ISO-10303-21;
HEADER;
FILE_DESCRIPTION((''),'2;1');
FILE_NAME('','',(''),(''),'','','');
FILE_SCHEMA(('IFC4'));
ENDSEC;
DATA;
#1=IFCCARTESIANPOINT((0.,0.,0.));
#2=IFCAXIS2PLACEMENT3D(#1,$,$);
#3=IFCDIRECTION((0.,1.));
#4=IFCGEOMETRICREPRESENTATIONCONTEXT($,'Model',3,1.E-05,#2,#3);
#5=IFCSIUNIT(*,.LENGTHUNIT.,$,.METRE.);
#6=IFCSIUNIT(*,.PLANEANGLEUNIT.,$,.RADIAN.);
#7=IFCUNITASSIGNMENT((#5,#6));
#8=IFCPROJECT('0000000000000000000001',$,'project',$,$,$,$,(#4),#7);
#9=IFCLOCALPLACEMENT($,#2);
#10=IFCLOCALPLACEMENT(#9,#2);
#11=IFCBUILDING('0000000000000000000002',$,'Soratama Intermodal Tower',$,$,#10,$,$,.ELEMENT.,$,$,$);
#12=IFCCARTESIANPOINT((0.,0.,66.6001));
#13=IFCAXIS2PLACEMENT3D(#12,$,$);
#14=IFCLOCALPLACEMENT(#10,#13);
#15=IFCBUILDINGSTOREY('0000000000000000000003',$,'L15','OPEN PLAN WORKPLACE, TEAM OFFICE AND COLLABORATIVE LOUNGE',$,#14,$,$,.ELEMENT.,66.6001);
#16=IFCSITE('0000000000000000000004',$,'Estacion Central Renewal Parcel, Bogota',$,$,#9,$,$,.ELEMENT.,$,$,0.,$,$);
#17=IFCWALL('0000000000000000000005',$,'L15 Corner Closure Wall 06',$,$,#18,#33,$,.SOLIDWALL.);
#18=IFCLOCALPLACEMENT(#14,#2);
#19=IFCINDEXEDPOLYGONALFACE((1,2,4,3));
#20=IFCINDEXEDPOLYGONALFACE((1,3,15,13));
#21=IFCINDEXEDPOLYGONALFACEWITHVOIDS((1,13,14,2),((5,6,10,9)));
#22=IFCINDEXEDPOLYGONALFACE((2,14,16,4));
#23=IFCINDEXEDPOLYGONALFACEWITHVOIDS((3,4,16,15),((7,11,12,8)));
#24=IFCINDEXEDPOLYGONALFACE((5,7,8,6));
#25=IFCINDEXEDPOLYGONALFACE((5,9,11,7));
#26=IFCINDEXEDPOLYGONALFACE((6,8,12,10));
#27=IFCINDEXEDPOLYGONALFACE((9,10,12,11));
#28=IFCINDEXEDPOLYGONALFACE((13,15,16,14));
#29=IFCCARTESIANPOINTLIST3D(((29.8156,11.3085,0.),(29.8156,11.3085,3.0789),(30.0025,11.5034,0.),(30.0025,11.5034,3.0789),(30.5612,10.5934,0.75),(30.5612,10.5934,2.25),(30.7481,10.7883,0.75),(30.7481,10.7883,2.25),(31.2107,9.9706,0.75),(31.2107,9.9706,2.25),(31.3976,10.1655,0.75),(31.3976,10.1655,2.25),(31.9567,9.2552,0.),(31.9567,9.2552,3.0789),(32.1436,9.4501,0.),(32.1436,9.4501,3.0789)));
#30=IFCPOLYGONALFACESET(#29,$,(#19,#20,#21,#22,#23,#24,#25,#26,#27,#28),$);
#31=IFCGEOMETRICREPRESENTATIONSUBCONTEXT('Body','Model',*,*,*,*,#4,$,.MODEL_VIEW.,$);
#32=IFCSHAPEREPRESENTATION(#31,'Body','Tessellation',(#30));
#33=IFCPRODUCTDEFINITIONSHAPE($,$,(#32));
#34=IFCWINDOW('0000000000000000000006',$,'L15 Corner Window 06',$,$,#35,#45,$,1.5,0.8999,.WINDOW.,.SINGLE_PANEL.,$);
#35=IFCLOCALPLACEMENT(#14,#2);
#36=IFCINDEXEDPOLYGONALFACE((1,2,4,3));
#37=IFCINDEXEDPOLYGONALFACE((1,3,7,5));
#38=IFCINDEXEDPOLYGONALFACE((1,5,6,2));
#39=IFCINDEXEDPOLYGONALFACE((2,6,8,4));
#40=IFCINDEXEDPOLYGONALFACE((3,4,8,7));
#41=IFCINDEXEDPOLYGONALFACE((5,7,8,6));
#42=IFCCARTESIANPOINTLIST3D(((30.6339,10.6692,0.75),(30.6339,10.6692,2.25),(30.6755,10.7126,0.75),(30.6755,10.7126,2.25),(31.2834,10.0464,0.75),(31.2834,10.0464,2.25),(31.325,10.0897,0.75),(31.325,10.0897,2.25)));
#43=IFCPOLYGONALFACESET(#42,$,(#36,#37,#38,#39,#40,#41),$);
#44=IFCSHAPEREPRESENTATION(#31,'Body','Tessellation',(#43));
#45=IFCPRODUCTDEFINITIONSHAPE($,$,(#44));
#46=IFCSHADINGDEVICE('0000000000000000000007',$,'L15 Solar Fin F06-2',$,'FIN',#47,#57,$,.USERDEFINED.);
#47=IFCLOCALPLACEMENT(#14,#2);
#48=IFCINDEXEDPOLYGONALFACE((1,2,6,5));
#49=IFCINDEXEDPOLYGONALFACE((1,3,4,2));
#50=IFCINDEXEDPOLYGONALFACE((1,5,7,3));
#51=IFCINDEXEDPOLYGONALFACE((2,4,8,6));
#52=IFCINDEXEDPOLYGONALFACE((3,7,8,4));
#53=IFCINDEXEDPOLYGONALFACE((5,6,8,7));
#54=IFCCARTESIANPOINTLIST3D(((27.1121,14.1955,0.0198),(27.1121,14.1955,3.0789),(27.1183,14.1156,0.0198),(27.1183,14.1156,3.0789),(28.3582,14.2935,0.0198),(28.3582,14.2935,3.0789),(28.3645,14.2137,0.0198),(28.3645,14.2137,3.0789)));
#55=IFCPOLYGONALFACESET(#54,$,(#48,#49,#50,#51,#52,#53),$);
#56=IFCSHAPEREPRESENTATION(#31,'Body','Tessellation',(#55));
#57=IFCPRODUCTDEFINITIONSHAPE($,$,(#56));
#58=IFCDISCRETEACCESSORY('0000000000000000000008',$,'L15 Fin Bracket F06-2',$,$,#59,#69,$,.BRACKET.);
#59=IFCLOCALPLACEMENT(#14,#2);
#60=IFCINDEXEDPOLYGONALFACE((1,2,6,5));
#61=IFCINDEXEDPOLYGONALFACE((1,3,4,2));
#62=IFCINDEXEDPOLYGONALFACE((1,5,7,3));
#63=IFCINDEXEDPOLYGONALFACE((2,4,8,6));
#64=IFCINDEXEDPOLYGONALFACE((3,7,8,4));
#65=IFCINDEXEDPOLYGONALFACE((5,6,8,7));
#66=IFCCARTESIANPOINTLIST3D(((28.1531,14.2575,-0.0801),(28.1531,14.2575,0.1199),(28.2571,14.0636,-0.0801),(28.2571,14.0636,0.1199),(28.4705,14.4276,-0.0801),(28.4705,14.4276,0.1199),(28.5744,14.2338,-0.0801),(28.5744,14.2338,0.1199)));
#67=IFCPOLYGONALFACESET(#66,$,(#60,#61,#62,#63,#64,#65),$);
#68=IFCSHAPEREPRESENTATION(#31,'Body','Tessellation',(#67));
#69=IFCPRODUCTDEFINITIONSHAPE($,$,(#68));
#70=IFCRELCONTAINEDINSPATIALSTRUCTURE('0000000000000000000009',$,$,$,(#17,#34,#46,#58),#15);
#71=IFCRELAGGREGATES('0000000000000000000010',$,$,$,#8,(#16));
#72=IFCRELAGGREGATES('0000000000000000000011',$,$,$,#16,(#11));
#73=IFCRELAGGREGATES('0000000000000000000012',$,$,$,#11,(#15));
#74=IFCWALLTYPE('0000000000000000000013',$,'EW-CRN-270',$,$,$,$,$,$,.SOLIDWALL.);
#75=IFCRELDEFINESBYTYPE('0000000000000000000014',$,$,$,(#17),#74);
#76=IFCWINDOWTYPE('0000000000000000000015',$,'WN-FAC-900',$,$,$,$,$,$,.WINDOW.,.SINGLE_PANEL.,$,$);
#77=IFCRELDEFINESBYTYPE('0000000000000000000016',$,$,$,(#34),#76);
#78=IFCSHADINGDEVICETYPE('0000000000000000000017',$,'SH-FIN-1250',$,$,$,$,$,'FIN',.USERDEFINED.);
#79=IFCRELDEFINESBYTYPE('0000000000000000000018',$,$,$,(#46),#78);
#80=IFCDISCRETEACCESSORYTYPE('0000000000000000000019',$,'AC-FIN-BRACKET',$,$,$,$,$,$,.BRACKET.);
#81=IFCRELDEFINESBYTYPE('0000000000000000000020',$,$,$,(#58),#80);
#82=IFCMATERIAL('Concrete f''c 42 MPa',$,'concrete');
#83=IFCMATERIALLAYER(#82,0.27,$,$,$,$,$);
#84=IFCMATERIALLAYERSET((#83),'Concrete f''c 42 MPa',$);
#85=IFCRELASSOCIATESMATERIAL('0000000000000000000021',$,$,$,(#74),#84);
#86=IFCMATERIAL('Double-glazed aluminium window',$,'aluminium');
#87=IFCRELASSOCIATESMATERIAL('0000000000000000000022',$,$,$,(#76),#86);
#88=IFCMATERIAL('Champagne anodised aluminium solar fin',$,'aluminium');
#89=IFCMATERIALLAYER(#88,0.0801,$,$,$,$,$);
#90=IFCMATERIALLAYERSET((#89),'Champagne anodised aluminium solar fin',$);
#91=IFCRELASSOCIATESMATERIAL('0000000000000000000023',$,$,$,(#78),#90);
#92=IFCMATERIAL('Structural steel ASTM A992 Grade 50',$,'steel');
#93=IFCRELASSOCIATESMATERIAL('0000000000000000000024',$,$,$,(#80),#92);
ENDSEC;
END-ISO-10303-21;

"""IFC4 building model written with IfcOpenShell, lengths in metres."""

from ifc_helpers import new_model, si_unit, direction, frame, frame_2d, origin, origin_2d, place, context, subcontext, project, spatial, rectangle, extrude, material, layer, layer_set, type_object, element, fill, save


model = new_model("IFC4")

# Units and contexts
model_context = context("Model", 3, precision=1e-05, world=origin(), true_north=direction((0.0, 1.0)))
body_context = subcontext(model_context, "Body", "Model", "MODEL_VIEW")
ifc_project = project(units=[si_unit("LENGTHUNIT", "METRE"), si_unit("PLANEANGLEUNIT", "RADIAN")], contexts=[model_context])

# Site, building, storey
site_placement = place(None, origin())
site = spatial("IfcSite", under=ifc_project, at=site_placement, Name="Estacion Central Renewal Parcel, Bogota", CompositionType="ELEMENT", RefElevation=0.0)
building_placement = place(site_placement, origin())
building = spatial("IfcBuilding", under=site, at=building_placement, Name="Soratama Intermodal Tower", CompositionType="ELEMENT")
storey_placement = place(building_placement, frame((0.0, 0.0, 66.6001)))
storey = spatial("IfcBuildingStorey", under=building, at=storey_placement, Name="L15", Description="OPEN PLAN WORKPLACE, TEAM OFFICE AND COLLABORATIVE LOUNGE", CompositionType="ELEMENT", Elevation=66.6001)

# Wall, opening, window
ifc_material_1 = material(Name="Concrete f'c 42 MPa", Category="concrete")
ifc_layer_1 = layer(ifc_material_1, 0.27)
ifc_layer_set_1 = layer_set([ifc_layer_1], Name="Concrete f'c 42 MPa")
wall_type_1 = type_object("IfcWallType", Name="EW-CRN-270", PredefinedType="SOLIDWALL", material=ifc_layer_set_1)
wall_1_placement = place(storey_placement, frame((29.9089, 11.406, 0.0), z_axis=(0.0, 0.0, 1.0), x_axis=(0.721765, -0.692138, 0.0)))
wall_1 = element("IfcWall", 1, at=wall_1_placement, inside=storey, type_object=wall_type_1, Name="L15 Corner Closure Wall 06", PredefinedType="SOLIDWALL", context=body_context, shape_type="SweptSolid", body=[
    extrude(rectangle(XDim=2.9666, YDim=0.27, at=frame_2d((1.4834, 0.0))), origin(), (0.0, 0.0, 1.0), 3.0789),
])
opening_1_placement = place(wall_1_placement, frame((1.0332, 0.0, 0.75)))
opening_1 = element("IfcOpeningElement", 2, at=opening_1_placement, cuts=wall_1, PredefinedType="OPENING", context=body_context, shape_type="SweptSolid", body=[
    extrude(rectangle(XDim=0.8999, YDim=1.5, at=frame_2d((0.45, 0.75))), frame((0.0, 0.145, 0.0), z_axis=(0.0, -1.0, 0.0), x_axis=(1.0, 0.0, 0.0)), (0.0, 0.0, 1.0), 0.29),
])
ifc_material_2 = material(Name="Double-glazed aluminium window", Category="aluminium")
window_type = type_object("IfcWindowType", Name="WN-FAC-900", PartitioningType="SINGLE_PANEL", PredefinedType="WINDOW", material=ifc_material_2)
window_placement = place(opening_1_placement, origin())
window = element("IfcWindow", 3, at=window_placement, inside=storey, type_object=window_type, Name="L15 Corner Window 06", OverallHeight=1.5, OverallWidth=0.8999, PartitioningType="SINGLE_PANEL", PredefinedType="WINDOW", context=body_context, shape_type="SweptSolid", body=[
    extrude(rectangle(XDim=0.8999, YDim=1.5, at=frame_2d((0.45, 0.75))), frame((0.0, 0.03, 0.0), z_axis=(0.0, -1.0, 0.0), x_axis=(1.0, 0.0, 0.0)), (0.0, 0.0, 1.0), 0.0601),
])
fill(opening_1, window)

# Shading device
ifc_material_3 = material(Name="Champagne anodised aluminium solar fin", Category="aluminium")
ifc_layer_2 = layer(ifc_material_3, 0.0801)
ifc_layer_set_2 = layer_set([ifc_layer_2], Name="Champagne anodised aluminium solar fin")
shading_device_type = type_object("IfcShadingDeviceType", Name="SH-FIN-1250", ElementType="FIN", PredefinedType="USERDEFINED", material=ifc_layer_set_2)
shading_device_placement = place(storey_placement, frame((27.7383, 14.2046, 0.0198), z_axis=(0.0, 0.0, 1.0), x_axis=(-0.996917, -0.078459, 0.0)))
element("IfcShadingDevice", 4, at=shading_device_placement, inside=storey, type_object=shading_device_type, Name="L15 Solar Fin F06-2", ObjectType="FIN", PredefinedType="USERDEFINED", context=body_context, shape_type="SweptSolid", body=[
    extrude(rectangle(XDim=1.25, YDim=0.0801, at=origin_2d()), origin(), (0.0, 0.0, 1.0), 3.0591),
])

# Discrete accessory
ifc_material_4 = material(Name="Structural steel ASTM A992 Grade 50", Category="steel")
discrete_accessory_type = type_object("IfcDiscreteAccessoryType", Name="AC-FIN-BRACKET", PredefinedType="BRACKET", material=ifc_material_4)
discrete_accessory_placement = place(storey_placement, frame((28.3638, 14.2456, -0.0801), z_axis=(0.0, 0.0, 1.0), x_axis=(-0.881303, -0.472551, 0.0)))
element("IfcDiscreteAccessory", 5, at=discrete_accessory_placement, inside=storey, type_object=discrete_accessory_type, Name="L15 Fin Bracket F06-2", PredefinedType="BRACKET", context=body_context, shape_type="SweptSolid", body=[
    extrude(rectangle(XDim=0.3601, YDim=0.22, at=origin_2d()), origin(), (0.0, 0.0, 1.0), 0.2),
])

save(model, "model.ifc")
